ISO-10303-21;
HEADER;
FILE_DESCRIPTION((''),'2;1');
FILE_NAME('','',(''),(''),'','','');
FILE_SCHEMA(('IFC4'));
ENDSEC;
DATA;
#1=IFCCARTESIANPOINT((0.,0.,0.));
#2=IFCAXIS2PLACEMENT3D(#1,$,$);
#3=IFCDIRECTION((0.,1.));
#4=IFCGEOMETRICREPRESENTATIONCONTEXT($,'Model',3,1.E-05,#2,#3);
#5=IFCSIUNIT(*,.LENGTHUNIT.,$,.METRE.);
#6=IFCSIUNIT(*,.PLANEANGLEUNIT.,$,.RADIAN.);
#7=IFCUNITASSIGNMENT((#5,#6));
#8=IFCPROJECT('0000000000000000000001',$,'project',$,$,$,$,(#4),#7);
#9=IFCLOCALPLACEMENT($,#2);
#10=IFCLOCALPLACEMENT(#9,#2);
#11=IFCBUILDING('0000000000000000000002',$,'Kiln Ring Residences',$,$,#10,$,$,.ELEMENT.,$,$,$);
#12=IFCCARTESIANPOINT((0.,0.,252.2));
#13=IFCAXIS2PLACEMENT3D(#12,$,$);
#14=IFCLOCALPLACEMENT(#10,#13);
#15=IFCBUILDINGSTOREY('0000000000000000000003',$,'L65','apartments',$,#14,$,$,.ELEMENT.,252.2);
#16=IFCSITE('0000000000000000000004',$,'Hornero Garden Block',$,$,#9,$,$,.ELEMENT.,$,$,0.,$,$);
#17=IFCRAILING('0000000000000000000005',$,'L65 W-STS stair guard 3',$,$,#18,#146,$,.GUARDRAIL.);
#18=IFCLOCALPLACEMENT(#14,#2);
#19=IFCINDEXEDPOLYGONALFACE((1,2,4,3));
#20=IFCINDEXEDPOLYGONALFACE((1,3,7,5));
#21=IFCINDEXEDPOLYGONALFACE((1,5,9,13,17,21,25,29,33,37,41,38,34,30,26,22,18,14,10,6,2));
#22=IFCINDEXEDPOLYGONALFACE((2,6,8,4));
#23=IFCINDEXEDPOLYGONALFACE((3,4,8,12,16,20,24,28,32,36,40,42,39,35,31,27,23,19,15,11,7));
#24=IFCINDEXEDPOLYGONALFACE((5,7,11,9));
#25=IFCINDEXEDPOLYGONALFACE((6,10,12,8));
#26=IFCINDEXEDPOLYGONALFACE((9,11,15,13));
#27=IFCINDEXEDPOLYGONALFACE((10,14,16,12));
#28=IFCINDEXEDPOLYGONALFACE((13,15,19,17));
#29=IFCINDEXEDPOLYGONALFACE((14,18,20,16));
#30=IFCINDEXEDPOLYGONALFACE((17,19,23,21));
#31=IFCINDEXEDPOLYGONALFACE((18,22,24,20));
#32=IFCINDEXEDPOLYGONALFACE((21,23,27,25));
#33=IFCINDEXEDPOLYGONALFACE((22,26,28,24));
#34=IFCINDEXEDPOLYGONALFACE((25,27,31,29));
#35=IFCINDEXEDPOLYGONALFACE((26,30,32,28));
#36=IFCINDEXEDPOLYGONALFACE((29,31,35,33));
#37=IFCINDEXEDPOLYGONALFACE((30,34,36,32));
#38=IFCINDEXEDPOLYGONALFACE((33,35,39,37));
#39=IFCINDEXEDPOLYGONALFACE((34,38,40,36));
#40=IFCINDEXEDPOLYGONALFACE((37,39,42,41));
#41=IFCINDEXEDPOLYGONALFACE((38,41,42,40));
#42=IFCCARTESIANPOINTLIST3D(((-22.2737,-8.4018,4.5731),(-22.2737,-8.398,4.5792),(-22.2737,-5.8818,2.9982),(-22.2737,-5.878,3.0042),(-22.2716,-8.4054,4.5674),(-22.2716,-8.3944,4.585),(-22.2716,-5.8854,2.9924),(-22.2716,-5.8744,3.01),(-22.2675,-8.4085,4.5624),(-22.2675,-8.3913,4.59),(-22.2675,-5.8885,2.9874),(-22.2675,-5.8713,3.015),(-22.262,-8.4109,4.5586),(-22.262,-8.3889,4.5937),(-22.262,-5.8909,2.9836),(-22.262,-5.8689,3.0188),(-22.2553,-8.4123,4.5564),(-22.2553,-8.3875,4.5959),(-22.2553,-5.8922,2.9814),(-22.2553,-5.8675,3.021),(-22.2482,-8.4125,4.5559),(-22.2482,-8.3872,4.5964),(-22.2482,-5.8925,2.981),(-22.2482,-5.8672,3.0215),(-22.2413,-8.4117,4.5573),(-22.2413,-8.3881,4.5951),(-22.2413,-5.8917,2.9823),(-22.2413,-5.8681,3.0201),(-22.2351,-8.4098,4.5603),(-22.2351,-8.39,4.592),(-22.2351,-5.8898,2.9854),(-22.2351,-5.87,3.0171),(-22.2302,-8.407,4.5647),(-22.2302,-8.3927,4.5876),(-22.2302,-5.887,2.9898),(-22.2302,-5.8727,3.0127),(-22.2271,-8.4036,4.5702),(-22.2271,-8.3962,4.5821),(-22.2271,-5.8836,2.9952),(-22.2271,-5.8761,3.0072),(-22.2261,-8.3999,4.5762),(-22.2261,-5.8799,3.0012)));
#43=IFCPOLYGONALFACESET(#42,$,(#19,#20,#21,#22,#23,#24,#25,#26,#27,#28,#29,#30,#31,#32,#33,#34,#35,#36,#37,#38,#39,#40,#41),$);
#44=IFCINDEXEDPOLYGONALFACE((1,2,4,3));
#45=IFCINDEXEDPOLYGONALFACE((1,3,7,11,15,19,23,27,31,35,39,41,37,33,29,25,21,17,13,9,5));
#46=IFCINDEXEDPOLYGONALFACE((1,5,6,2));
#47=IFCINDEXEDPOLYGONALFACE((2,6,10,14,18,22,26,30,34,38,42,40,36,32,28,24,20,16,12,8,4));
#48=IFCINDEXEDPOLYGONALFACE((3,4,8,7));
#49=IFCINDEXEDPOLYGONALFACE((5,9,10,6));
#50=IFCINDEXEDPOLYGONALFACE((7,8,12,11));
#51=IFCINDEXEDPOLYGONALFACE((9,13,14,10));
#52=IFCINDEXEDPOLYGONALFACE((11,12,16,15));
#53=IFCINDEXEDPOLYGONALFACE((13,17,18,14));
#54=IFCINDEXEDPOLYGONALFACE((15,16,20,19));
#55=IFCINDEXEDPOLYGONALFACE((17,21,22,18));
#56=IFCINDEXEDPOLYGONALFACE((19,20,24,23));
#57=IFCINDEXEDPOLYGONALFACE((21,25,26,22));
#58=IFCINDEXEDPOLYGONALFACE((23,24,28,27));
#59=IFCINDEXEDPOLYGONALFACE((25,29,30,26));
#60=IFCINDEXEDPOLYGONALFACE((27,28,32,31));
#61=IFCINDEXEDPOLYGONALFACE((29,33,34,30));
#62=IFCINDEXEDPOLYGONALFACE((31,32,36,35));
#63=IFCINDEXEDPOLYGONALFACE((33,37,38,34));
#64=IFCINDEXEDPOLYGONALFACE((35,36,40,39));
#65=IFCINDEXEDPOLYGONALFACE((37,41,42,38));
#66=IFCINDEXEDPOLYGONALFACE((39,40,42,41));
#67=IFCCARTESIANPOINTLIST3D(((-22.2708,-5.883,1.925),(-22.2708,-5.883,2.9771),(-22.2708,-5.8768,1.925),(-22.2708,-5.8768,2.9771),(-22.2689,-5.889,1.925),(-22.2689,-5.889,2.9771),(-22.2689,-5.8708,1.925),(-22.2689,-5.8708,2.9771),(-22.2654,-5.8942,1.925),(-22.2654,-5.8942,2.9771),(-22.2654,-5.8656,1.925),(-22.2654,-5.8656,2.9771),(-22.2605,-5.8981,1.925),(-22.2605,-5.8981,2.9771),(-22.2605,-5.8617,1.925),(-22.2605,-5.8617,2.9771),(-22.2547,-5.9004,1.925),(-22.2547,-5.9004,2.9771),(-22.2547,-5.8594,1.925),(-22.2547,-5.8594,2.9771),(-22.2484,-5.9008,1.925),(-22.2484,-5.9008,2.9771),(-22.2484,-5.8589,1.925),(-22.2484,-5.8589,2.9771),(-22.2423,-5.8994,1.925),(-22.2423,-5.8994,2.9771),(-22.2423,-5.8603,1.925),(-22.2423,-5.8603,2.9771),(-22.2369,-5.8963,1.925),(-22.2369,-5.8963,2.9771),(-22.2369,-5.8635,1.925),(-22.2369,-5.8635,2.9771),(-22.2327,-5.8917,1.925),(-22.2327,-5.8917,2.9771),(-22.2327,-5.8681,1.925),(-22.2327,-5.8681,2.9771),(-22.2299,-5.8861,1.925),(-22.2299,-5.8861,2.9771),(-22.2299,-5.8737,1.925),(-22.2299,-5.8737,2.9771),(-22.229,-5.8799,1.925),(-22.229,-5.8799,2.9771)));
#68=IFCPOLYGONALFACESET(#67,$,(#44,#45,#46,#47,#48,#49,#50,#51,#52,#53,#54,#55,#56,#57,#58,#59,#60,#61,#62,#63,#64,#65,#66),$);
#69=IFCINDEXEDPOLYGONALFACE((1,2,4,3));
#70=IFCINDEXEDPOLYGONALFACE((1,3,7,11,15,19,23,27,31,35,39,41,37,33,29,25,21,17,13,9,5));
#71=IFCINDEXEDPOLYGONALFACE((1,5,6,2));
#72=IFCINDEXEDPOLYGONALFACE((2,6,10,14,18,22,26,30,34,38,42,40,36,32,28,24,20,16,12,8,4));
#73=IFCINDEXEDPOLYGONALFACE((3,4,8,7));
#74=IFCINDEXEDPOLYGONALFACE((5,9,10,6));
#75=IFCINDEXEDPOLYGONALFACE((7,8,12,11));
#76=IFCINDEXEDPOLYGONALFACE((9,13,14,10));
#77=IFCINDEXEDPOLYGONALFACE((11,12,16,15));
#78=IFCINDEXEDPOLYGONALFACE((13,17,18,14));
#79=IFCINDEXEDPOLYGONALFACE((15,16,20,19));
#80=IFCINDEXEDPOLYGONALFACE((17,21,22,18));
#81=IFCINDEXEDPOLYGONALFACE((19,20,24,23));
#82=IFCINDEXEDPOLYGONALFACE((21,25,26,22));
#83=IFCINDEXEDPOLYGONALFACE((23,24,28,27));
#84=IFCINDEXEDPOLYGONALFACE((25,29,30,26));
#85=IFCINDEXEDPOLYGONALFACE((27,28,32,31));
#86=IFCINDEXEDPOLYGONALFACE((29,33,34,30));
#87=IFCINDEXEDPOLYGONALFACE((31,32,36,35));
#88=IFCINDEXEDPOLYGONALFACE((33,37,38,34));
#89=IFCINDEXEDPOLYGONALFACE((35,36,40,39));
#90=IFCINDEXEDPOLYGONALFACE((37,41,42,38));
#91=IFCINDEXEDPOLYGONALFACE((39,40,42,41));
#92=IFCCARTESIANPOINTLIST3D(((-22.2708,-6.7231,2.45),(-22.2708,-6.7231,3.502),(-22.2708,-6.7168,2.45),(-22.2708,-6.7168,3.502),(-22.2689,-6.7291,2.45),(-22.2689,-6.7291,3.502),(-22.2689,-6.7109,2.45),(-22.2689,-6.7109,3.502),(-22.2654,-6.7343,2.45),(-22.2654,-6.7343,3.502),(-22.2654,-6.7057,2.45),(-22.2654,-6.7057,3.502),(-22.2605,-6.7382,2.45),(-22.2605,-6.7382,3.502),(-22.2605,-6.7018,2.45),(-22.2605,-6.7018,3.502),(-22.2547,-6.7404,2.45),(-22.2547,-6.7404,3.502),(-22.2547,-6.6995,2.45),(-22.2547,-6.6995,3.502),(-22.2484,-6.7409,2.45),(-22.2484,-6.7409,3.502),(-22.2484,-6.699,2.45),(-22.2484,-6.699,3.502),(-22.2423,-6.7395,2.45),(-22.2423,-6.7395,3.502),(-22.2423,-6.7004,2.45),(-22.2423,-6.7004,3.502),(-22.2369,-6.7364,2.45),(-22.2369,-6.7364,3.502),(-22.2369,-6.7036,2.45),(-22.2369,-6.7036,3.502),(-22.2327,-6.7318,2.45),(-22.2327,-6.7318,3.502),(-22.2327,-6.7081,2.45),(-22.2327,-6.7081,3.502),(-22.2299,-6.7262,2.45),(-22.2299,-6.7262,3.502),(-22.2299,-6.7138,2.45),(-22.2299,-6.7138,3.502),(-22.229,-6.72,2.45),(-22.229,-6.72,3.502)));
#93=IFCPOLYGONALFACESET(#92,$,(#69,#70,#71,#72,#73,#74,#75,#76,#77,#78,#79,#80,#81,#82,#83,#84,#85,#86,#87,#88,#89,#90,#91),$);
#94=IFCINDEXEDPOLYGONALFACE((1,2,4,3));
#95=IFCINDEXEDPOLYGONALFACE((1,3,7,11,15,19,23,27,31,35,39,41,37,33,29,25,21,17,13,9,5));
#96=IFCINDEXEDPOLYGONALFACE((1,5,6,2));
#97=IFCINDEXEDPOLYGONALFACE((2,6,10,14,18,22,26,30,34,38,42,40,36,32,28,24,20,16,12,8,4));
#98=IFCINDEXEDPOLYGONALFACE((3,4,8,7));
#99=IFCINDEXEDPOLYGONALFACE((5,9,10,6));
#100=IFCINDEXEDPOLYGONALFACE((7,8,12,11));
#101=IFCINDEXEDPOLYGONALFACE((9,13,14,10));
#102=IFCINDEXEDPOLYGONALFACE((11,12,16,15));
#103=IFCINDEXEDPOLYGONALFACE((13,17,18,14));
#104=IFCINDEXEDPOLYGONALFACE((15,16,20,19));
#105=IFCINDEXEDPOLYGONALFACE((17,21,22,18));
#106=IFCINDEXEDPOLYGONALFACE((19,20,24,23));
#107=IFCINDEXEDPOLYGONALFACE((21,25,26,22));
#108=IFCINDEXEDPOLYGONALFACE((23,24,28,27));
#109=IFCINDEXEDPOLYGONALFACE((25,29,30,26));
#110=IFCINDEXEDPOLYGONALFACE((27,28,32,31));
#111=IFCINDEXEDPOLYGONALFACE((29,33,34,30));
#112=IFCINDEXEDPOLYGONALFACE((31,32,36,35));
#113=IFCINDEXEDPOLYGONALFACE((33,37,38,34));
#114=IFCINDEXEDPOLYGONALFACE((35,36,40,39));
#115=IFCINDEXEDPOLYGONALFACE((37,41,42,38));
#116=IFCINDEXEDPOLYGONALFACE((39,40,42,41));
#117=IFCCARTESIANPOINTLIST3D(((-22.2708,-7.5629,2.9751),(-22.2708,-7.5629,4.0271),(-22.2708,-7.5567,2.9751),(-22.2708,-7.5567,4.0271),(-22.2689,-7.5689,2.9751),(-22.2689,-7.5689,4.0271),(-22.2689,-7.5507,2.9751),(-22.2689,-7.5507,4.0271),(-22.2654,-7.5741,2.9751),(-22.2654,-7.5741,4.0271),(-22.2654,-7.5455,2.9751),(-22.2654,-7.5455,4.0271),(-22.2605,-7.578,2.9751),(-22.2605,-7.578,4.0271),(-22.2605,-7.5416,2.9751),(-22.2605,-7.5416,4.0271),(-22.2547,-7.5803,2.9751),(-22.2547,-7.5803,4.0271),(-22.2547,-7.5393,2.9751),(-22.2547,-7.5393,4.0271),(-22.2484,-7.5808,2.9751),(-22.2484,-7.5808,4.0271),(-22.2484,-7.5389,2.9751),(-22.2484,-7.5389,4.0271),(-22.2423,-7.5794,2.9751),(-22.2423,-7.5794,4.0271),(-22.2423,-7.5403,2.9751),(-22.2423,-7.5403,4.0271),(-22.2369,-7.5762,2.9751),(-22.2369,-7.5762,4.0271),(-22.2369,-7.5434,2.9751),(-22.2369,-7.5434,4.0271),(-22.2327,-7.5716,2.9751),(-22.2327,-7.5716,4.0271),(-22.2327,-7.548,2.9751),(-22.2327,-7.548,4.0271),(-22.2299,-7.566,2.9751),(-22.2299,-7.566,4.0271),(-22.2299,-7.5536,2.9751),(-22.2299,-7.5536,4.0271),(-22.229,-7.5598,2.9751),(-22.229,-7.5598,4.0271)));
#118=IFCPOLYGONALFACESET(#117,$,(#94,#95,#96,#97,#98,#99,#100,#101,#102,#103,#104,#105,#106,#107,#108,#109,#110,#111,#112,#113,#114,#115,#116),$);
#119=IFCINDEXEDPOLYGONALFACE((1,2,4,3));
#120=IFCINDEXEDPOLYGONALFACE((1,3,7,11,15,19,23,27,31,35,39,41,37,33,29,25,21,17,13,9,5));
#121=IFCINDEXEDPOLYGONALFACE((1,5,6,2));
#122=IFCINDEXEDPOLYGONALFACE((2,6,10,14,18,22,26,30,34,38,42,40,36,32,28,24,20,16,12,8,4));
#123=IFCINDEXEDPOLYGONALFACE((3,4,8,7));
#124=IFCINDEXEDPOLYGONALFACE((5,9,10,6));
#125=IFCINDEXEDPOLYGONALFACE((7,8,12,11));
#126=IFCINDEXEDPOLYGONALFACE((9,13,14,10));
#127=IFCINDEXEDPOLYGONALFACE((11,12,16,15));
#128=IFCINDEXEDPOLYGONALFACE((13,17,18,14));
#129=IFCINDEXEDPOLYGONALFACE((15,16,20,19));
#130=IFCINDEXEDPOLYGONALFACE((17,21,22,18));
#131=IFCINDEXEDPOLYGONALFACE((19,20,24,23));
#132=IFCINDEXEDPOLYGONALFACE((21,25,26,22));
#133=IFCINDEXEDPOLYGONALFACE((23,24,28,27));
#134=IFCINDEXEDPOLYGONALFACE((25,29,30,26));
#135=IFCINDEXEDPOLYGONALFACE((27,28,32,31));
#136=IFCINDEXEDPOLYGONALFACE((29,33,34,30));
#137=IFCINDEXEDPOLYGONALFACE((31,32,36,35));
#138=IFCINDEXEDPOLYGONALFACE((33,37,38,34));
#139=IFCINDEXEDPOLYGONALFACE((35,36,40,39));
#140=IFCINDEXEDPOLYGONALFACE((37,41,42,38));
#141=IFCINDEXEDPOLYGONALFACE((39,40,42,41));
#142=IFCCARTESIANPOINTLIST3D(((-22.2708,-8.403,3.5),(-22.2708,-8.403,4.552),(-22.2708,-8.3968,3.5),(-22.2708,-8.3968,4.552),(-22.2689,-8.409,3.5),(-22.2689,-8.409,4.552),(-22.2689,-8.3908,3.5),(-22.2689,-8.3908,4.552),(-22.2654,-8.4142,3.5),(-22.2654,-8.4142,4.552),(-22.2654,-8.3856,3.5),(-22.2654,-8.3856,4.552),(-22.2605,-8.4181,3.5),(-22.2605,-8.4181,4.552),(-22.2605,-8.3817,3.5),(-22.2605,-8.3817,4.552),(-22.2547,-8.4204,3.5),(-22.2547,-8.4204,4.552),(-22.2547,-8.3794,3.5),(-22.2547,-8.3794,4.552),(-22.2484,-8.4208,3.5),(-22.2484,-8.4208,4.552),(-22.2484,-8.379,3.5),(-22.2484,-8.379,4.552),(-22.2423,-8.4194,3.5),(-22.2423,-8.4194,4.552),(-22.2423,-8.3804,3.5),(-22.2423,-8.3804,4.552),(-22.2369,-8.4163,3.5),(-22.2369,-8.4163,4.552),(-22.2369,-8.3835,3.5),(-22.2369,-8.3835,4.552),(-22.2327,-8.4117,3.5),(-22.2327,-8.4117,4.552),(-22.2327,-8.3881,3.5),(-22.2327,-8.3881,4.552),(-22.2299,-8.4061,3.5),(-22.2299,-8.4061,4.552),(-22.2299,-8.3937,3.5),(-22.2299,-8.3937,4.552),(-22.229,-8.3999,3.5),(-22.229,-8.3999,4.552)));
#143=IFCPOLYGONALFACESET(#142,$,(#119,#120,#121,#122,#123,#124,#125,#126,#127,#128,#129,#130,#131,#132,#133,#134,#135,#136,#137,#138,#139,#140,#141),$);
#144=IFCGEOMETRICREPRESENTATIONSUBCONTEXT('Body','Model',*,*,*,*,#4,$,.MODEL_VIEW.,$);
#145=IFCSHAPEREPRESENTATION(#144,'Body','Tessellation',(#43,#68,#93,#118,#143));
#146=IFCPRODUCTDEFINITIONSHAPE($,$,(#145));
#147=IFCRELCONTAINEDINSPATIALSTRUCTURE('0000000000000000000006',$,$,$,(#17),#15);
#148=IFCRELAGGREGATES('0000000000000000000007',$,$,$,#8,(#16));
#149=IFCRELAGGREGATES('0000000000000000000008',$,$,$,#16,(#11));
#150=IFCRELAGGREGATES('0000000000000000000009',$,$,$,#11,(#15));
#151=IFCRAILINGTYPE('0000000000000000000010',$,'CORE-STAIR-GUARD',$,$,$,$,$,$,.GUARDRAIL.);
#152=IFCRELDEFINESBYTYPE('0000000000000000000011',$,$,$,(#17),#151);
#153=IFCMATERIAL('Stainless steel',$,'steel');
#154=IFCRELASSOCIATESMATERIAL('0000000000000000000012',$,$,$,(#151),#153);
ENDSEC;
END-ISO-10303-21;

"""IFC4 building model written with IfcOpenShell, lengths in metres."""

from ifc_helpers import new_model, si_unit, direction, frame, origin, origin_2d, place, context, subcontext, project, spatial, circle, extrude, material, type_object, element, save


model = new_model("IFC4")

# Units and contexts
model_context = context("Model", 3, precision=1e-05, world=origin(), true_north=direction((0.0, 1.0)))
body_context = subcontext(model_context, "Body", "Model", "MODEL_VIEW")
ifc_project = project(units=[si_unit("LENGTHUNIT", "METRE"), si_unit("PLANEANGLEUNIT", "RADIAN")], contexts=[model_context])

# Site, building, storey
site_placement = place(None, origin())
site = spatial("IfcSite", under=ifc_project, at=site_placement, Name="Hornero Garden Block", CompositionType="ELEMENT", RefElevation=0.0)
building_placement = place(site_placement, origin())
building = spatial("IfcBuilding", under=site, at=building_placement, Name="Kiln Ring Residences", CompositionType="ELEMENT")
storey_placement = place(building_placement, frame((0.0, 0.0, 252.2)))
storey = spatial("IfcBuildingStorey", under=building, at=storey_placement, Name="L65", Description="apartments", CompositionType="ELEMENT", Elevation=252.2)

# Railing
ifc_material_1 = material(Name="Stainless steel", Category="steel")
railing_type_1 = type_object("IfcRailingType", Name="CORE-STAIR-GUARD", PredefinedType="GUARDRAIL", material=ifc_material_1)
railing_1_placement = place(storey_placement, frame((-22.25, -5.8799, 1.925)))
element("IfcRailing", 1, at=railing_1_placement, inside=storey, type_object=railing_type_1, Name="L65 W-STS stair guard 3", PredefinedType="GUARDRAIL", context=body_context, shape_type="SweptSolid", body=[
    extrude(circle(Radius=0.0239, at=origin_2d()), frame((0.0, 0.0, 1.0762), z_axis=(0.0, -0.848008, 0.529984), x_axis=(1.0, 0.0, 0.0)), (0.0, 0.0, 1.0), 2.9717),
    extrude(circle(Radius=0.021, at=origin_2d()), origin(), (0.0, 0.0, 1.0), 1.052),
    extrude(circle(Radius=0.021, at=origin_2d()), frame((0.0, -0.8401, 0.5249)), (0.0, 0.0, 1.0), 1.052),
    extrude(circle(Radius=0.021, at=origin_2d()), frame((0.0, -1.6799, 1.05)), (0.0, 0.0, 1.0), 1.052),
    extrude(circle(Radius=0.021, at=origin_2d()), frame((0.0, -2.52, 1.575)), (0.0, 0.0, 1.0), 1.052),
])

save(model, "model.ifc")
